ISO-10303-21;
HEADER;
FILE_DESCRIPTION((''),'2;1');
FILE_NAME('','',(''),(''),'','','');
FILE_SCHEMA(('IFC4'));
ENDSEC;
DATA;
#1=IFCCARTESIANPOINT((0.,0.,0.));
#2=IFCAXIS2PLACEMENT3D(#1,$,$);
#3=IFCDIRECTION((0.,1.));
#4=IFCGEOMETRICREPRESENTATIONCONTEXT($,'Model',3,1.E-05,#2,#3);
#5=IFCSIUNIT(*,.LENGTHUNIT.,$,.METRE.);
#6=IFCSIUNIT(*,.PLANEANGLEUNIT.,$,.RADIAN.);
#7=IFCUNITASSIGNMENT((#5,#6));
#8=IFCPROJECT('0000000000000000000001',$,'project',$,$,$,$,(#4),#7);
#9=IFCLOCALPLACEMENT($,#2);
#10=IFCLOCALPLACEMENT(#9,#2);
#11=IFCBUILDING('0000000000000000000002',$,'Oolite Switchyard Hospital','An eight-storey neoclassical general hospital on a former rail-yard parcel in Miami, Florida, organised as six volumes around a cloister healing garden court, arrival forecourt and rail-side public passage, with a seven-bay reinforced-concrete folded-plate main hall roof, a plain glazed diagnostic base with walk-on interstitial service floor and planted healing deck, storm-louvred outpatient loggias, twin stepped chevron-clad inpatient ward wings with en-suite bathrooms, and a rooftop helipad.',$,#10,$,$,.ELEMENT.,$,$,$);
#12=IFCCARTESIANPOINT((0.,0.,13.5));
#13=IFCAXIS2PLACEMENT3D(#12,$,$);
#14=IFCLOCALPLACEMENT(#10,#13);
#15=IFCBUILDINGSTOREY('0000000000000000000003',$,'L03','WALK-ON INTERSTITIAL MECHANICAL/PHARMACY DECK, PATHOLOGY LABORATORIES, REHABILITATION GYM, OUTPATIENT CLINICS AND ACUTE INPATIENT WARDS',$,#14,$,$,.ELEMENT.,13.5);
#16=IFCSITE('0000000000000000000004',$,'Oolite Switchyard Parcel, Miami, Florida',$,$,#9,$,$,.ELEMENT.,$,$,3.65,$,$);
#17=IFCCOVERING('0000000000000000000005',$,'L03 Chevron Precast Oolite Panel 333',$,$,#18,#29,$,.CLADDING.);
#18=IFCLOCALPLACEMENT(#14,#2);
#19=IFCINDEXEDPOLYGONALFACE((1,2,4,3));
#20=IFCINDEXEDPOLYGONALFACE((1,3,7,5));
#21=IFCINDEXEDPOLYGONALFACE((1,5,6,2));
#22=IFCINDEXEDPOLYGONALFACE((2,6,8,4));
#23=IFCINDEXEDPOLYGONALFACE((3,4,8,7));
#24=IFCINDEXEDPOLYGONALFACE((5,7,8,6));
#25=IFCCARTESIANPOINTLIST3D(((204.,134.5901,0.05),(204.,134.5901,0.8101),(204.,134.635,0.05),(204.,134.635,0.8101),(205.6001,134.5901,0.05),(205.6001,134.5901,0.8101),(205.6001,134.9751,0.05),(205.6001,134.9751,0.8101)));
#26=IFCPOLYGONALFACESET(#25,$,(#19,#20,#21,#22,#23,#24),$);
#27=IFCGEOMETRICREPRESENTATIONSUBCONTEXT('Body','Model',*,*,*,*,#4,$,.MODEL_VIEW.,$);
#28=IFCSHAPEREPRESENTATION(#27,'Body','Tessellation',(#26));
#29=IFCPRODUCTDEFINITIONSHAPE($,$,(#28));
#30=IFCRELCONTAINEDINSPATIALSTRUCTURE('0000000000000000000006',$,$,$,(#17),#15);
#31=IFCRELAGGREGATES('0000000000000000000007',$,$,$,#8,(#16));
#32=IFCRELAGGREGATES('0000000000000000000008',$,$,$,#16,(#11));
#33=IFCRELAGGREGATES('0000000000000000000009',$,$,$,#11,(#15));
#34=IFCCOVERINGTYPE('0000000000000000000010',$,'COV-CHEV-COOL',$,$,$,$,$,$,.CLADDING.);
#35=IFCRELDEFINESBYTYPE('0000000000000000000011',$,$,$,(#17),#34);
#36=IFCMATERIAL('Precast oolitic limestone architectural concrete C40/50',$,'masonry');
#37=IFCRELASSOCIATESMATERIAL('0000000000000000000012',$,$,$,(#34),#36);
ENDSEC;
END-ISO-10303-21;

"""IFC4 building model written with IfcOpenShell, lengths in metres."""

from ifc_helpers import new_model, si_unit, direction, frame, origin, place, context, subcontext, project, spatial, polyline, outline, extrude, material, type_object, element, save


model = new_model("IFC4")

# Units and contexts
model_context = context("Model", 3, precision=1e-05, world=origin(), true_north=direction((0.0, 1.0)))
body_context = subcontext(model_context, "Body", "Model", "MODEL_VIEW")
ifc_project = project(units=[si_unit("LENGTHUNIT", "METRE"), si_unit("PLANEANGLEUNIT", "RADIAN")], contexts=[model_context])

# Site, building, storey
site_placement = place(None, origin())
site = spatial("IfcSite", under=ifc_project, at=site_placement, Name="Oolite Switchyard Parcel, Miami, Florida", CompositionType="ELEMENT", RefElevation=3.65)
building_placement = place(site_placement, origin())
building = spatial("IfcBuilding", under=site, at=building_placement, Name="Oolite Switchyard Hospital", Description="An eight-storey neoclassical general hospital on a former rail-yard parcel in Miami, Florida, organised as six volumes around a cloister healing garden court, arrival forecourt and rail-side public passage, with a seven-bay reinforced-concrete folded-plate main hall roof, a plain glazed diagnostic base with walk-on interstitial service floor and planted healing deck, storm-louvred outpatient loggias, twin stepped chevron-clad inpatient ward wings with en-suite bathrooms, and a rooftop helipad.", CompositionType="ELEMENT")
storey_placement = place(building_placement, frame((0.0, 0.0, 13.5)))
storey = spatial("IfcBuildingStorey", under=building, at=storey_placement, Name="L03", Description="WALK-ON INTERSTITIAL MECHANICAL/PHARMACY DECK, PATHOLOGY LABORATORIES, REHABILITATION GYM, OUTPATIENT CLINICS AND ACUTE INPATIENT WARDS", CompositionType="ELEMENT", Elevation=13.5)

# Shared definitions
ifc_material_1 = material(Name="Precast oolitic limestone architectural concrete C40/50", Category="masonry")

# Covering
covering_type = type_object("IfcCoveringType", Name="COV-CHEV-COOL", PredefinedType="CLADDING", material=ifc_material_1)
covering_1_placement = place(storey_placement, frame((204.0, 134.5901, 0.05), z_axis=(0.0, 0.0, 1.0), x_axis=(1.0, 0.0, 0.0)))
element("IfcCovering", 1, at=covering_1_placement, inside=storey, type_object=covering_type, Name="L03 Chevron Precast Oolite Panel 333", PredefinedType="CLADDING", context=body_context, shape_type="SweptSolid", body=[
    extrude(outline(polyline([(0.0, 0.0), (1.6001, 0.0), (1.6001, 0.385), (0.0, 0.0449), (0.0, 0.0)])), origin(), (0.0, 0.0, 1.0), 0.76),
])

save(model, "model.ifc")
